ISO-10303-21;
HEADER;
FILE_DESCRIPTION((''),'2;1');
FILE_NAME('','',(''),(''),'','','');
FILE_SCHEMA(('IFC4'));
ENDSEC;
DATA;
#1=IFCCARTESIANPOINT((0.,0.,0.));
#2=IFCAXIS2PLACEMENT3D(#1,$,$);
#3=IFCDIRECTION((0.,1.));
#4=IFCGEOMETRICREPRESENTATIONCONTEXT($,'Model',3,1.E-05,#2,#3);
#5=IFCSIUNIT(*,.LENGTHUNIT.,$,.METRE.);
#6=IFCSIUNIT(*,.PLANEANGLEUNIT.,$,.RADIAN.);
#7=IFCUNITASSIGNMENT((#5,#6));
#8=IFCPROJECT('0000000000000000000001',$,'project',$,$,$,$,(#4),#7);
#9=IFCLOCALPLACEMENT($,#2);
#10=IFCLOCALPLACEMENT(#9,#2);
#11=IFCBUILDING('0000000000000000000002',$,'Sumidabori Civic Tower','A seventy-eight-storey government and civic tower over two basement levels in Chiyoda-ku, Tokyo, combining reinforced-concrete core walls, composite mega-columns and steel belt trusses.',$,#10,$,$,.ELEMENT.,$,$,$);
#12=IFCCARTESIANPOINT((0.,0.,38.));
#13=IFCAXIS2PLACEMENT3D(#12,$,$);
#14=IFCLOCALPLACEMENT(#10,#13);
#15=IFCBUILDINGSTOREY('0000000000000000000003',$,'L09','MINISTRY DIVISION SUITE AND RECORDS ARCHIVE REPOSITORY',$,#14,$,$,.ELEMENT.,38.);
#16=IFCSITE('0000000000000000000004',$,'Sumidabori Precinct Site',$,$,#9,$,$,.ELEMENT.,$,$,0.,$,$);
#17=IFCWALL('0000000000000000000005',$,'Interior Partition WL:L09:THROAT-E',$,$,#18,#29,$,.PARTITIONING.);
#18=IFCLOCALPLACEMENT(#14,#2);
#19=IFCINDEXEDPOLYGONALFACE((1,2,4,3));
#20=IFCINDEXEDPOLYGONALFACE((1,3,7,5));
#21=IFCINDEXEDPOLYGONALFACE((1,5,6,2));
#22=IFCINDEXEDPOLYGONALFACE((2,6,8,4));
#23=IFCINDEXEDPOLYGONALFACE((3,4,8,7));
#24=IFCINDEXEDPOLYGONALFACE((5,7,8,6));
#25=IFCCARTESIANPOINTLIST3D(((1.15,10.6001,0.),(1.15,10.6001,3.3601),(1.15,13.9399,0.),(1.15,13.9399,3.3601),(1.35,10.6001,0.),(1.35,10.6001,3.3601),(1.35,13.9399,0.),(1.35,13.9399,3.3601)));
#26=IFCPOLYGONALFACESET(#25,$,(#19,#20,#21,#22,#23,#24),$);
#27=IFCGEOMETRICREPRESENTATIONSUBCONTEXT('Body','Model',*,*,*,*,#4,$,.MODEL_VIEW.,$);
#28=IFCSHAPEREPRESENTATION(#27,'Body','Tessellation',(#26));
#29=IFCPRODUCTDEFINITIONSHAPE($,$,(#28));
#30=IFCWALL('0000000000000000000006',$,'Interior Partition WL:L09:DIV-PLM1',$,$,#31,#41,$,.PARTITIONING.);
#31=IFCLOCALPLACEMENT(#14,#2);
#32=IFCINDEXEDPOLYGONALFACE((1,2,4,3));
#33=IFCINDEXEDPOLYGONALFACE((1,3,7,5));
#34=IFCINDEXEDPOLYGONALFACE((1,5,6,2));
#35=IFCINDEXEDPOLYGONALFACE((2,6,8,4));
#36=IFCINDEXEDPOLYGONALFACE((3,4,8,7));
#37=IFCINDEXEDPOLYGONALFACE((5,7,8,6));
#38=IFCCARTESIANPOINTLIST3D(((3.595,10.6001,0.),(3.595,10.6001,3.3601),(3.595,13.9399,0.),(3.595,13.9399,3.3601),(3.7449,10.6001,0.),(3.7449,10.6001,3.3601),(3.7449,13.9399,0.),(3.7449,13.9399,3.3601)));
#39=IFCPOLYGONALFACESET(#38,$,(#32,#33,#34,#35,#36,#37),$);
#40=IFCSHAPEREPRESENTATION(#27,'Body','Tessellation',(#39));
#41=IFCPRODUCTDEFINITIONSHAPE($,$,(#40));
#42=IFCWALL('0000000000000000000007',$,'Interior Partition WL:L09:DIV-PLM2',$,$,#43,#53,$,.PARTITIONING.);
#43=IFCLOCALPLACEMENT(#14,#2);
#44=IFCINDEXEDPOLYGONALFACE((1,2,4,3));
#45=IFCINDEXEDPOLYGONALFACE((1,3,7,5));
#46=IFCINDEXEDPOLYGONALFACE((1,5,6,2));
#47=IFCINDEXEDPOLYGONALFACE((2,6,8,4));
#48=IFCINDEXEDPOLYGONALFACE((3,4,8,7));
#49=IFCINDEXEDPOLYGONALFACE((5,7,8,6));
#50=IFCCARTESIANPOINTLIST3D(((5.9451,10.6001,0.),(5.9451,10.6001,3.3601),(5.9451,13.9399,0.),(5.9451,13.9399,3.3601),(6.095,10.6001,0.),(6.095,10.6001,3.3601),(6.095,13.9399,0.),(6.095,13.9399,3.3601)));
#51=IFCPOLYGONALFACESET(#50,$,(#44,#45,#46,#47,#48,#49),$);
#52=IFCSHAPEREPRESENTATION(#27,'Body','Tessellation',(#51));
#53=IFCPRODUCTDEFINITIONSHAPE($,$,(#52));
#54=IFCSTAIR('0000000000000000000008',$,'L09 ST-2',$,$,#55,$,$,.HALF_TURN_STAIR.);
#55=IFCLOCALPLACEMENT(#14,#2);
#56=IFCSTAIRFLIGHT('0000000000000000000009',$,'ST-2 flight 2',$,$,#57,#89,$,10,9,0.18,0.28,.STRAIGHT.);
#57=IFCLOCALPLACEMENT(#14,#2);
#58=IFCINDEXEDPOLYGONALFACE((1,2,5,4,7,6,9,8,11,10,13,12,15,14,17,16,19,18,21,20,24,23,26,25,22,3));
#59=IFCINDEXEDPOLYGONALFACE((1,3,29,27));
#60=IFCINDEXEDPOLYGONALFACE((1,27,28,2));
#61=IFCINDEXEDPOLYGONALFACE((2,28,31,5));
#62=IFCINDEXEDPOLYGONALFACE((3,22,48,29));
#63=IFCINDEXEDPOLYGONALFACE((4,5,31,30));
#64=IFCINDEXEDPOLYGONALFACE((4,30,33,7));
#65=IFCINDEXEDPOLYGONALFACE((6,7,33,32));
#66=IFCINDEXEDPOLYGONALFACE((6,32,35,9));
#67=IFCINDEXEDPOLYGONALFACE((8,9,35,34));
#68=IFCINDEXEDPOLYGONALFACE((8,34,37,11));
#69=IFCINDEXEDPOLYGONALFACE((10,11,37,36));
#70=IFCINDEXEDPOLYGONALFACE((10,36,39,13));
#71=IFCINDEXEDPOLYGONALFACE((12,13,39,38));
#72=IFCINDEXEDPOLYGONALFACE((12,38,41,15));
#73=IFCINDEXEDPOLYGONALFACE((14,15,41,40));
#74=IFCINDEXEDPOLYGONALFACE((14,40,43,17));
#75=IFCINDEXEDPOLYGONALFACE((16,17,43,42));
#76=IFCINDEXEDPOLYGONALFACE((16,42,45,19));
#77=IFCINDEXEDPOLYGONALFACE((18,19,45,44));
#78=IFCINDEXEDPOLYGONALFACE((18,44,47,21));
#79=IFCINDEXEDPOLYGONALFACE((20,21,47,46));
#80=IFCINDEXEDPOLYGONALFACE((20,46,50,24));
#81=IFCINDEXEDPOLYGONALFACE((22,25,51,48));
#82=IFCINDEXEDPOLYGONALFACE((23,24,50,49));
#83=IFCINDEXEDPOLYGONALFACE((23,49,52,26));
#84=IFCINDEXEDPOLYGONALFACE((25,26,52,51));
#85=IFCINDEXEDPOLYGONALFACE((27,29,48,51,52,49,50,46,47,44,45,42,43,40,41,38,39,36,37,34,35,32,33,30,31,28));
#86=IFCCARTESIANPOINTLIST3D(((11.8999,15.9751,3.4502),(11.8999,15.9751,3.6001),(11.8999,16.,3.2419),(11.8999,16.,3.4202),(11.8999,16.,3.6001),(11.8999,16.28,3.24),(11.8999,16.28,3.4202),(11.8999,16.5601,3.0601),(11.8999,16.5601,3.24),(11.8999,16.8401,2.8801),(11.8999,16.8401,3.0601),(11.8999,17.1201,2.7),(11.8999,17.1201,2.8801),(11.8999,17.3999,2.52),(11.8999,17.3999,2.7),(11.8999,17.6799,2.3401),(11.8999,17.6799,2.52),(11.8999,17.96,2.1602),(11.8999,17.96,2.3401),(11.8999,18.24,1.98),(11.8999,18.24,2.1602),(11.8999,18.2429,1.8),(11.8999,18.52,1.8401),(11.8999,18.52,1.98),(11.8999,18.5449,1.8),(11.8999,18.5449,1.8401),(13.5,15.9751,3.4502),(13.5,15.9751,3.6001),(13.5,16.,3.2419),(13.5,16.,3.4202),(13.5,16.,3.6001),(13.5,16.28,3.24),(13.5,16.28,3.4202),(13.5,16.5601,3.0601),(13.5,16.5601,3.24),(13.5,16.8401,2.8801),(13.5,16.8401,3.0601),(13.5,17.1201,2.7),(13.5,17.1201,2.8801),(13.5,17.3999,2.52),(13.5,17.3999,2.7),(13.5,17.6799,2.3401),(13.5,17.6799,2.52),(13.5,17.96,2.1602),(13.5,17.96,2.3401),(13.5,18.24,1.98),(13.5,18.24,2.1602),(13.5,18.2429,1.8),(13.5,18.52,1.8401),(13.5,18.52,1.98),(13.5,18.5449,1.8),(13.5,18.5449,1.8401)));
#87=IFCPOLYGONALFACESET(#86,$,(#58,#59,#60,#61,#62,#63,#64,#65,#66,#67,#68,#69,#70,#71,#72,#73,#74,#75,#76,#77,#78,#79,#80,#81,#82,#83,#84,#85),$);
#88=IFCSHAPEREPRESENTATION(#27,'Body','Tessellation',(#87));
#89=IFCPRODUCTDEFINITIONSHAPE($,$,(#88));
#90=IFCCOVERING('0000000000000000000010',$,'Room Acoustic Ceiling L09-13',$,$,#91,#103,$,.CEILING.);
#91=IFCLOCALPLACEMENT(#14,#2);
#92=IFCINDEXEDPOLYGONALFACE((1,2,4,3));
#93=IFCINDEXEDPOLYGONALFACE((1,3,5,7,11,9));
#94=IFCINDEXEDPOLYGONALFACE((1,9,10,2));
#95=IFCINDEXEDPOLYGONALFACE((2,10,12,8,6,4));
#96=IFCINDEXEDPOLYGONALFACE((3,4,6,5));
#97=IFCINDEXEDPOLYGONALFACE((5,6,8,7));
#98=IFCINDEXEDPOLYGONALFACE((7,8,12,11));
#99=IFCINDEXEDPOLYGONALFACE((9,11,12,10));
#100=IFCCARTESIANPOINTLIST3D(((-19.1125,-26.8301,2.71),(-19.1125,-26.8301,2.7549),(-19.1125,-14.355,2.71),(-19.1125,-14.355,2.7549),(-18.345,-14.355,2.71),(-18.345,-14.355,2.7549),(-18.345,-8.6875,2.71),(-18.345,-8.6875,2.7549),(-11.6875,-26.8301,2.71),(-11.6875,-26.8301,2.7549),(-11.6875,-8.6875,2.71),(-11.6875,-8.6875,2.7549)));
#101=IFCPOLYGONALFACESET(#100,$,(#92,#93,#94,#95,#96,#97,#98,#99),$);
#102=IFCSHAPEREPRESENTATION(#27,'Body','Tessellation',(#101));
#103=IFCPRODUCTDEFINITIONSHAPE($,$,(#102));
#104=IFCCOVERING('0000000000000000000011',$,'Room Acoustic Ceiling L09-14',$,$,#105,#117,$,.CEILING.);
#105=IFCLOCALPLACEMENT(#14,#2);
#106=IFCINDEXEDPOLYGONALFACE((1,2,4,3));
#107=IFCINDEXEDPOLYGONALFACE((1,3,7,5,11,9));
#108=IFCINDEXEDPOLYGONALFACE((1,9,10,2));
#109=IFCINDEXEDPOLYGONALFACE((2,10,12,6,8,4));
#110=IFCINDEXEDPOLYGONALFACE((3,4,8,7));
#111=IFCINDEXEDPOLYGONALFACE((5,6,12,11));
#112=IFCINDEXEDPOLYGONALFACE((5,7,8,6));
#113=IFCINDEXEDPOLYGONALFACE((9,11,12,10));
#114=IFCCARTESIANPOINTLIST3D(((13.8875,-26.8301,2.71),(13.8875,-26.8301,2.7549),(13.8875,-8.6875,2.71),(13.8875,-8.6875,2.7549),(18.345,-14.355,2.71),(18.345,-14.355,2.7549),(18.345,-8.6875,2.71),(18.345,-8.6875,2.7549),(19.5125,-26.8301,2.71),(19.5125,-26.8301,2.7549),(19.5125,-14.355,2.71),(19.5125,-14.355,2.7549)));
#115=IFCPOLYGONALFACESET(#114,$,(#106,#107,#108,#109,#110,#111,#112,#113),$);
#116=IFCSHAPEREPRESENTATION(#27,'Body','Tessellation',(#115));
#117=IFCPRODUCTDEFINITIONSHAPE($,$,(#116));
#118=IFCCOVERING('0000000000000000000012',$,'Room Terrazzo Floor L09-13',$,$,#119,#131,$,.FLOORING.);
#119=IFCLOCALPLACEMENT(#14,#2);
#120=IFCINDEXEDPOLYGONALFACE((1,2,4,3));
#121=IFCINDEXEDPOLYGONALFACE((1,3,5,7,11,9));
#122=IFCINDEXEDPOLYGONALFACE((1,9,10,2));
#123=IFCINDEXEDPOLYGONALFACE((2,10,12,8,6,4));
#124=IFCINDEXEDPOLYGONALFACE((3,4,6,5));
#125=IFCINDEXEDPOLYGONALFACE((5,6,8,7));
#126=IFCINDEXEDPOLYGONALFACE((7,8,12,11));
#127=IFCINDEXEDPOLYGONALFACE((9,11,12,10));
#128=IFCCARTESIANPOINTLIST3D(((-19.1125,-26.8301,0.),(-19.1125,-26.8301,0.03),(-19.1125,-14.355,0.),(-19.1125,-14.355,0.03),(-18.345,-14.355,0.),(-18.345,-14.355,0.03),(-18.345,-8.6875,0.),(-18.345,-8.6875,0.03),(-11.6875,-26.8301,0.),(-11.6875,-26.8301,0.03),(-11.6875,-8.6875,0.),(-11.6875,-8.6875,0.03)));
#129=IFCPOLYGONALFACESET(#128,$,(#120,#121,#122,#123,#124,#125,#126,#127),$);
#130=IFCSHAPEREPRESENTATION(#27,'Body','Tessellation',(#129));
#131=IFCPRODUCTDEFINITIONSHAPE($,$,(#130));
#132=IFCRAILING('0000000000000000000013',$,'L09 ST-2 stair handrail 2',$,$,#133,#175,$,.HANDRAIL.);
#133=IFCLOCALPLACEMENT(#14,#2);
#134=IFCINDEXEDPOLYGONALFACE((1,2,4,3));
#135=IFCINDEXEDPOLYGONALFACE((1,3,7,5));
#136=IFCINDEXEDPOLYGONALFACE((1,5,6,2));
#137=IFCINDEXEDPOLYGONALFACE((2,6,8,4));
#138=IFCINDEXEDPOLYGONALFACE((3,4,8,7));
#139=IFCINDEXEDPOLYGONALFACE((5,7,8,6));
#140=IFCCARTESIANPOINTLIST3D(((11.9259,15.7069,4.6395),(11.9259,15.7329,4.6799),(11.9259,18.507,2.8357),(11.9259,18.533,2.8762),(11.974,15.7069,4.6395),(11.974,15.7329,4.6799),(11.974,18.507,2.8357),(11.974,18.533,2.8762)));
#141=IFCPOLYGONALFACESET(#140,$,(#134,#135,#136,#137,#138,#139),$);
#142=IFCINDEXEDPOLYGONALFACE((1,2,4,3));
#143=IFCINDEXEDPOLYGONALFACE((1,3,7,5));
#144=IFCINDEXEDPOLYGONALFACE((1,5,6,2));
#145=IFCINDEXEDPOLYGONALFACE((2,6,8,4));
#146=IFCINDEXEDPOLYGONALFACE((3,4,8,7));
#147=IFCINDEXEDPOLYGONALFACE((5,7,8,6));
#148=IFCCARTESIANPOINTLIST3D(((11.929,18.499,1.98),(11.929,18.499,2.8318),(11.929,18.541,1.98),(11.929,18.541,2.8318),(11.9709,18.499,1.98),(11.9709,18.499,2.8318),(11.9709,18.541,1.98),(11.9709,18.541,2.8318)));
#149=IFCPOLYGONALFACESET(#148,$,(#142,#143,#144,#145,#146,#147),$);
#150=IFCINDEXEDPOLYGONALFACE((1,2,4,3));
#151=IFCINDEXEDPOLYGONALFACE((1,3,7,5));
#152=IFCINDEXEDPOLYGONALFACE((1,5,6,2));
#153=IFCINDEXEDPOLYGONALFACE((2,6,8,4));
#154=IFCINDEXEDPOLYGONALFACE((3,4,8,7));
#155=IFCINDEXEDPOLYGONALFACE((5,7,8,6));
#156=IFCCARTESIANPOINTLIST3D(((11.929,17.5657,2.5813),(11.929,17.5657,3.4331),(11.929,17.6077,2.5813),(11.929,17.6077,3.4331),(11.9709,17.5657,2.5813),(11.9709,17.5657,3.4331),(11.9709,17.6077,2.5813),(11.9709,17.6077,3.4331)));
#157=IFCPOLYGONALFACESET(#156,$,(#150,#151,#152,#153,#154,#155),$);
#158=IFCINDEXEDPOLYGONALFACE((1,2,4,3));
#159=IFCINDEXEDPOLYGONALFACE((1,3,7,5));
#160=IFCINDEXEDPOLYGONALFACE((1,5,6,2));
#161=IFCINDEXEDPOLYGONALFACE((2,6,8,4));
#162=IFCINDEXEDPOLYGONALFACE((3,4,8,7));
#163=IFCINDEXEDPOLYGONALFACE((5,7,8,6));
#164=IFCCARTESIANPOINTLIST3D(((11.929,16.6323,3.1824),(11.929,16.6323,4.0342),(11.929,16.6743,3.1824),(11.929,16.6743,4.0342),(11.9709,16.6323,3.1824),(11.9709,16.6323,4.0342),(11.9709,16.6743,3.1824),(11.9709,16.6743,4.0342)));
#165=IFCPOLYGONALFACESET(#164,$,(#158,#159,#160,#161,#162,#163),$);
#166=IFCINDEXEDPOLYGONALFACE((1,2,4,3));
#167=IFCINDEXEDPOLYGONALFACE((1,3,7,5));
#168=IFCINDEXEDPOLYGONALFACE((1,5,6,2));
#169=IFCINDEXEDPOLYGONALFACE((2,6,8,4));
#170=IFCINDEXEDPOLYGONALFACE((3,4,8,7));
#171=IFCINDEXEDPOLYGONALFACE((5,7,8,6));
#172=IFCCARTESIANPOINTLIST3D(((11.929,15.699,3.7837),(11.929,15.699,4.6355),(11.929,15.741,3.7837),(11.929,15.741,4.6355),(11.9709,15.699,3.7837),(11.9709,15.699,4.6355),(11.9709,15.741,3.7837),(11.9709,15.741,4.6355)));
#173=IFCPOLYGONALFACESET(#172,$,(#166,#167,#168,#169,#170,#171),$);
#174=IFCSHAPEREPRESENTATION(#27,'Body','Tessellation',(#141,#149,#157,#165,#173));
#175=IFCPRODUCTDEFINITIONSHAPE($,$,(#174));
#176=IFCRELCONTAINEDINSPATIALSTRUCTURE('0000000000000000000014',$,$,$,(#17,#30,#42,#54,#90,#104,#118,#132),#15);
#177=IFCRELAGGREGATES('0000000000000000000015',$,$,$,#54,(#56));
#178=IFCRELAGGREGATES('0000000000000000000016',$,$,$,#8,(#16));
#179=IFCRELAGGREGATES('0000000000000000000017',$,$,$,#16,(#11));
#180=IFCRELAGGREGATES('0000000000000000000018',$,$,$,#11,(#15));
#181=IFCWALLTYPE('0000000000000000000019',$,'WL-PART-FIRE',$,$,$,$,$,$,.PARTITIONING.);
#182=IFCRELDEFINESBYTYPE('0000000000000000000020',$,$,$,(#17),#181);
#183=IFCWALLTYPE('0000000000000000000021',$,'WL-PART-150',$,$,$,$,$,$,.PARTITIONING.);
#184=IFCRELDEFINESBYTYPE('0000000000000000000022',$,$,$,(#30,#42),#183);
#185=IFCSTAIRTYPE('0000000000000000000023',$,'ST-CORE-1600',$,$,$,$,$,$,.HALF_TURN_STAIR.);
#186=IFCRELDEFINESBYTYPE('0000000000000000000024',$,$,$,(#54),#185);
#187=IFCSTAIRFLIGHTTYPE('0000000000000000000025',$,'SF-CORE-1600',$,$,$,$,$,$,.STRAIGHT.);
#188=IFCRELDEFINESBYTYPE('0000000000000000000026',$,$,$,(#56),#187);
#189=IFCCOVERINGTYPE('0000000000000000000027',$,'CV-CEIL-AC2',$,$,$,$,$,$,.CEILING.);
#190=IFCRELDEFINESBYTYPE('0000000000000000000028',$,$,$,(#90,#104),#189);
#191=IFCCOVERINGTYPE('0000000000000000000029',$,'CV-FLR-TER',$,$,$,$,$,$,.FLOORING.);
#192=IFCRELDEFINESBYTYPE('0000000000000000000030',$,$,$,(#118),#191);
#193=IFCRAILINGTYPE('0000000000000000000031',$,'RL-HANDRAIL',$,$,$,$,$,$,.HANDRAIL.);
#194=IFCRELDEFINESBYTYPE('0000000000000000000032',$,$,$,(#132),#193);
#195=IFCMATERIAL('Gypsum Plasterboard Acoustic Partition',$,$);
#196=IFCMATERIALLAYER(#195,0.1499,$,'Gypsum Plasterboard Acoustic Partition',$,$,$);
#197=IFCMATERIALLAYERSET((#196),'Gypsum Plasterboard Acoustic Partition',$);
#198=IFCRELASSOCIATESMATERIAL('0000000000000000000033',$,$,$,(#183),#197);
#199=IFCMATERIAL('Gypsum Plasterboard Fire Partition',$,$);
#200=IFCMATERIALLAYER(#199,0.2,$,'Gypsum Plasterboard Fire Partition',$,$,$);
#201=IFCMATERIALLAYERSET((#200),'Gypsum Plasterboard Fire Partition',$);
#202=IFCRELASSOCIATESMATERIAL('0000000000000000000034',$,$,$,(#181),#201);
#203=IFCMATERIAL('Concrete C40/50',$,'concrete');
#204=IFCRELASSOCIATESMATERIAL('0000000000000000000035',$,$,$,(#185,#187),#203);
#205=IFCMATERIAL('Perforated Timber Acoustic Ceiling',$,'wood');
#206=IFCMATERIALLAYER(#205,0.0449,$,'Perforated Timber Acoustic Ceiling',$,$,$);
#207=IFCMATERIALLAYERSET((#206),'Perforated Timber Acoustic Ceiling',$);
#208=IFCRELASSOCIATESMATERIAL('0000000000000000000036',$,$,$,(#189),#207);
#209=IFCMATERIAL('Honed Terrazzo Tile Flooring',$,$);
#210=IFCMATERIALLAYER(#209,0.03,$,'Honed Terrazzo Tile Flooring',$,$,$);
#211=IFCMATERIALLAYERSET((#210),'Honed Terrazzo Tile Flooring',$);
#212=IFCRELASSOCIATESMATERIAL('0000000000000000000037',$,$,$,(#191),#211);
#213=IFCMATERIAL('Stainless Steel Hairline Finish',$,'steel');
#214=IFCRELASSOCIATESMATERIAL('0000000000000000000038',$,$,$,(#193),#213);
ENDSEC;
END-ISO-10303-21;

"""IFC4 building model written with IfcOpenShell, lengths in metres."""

from ifc_helpers import new_model, si_unit, direction, frame, frame_2d, origin, origin_2d, place, context, subcontext, project, spatial, polyline, rectangle, outline, extrude, source, transform, mapped, material, layer, layer_set, type_object, element, aggregate, save


model = new_model("IFC4")

# Units and contexts
model_context = context("Model", 3, precision=1e-05, world=origin(), true_north=direction((0.0, 1.0)))
body_context = subcontext(model_context, "Body", "Model", "MODEL_VIEW")
ifc_project = project(units=[si_unit("LENGTHUNIT", "METRE"), si_unit("PLANEANGLEUNIT", "RADIAN")], contexts=[model_context])

# Site, building, storey
site_placement = place(None, origin())
site = spatial("IfcSite", under=ifc_project, at=site_placement, Name="Sumidabori Precinct Site", CompositionType="ELEMENT", RefElevation=0.0)
building_placement = place(site_placement, origin())
building = spatial("IfcBuilding", under=site, at=building_placement, Name="Sumidabori Civic Tower", Description="A seventy-eight-storey government and civic tower over two basement levels in Chiyoda-ku, Tokyo, combining reinforced-concrete core walls, composite mega-columns and steel belt trusses.", CompositionType="ELEMENT")
storey_placement = place(building_placement, frame((0.0, 0.0, 38.0)))
storey = spatial("IfcBuildingStorey", under=building, at=storey_placement, Name="L09", Description="MINISTRY DIVISION SUITE AND RECORDS ARCHIVE REPOSITORY", CompositionType="ELEMENT", Elevation=38.0)

# Shared definitions
ifc_material_1 = material(Name="Stainless Steel Hairline Finish", Category="steel")

# Walls
ifc_material_2 = material(Name="Gypsum Plasterboard Acoustic Partition")
ifc_layer_1 = layer(ifc_material_2, 0.1499, Name="Gypsum Plasterboard Acoustic Partition")
ifc_layer_set_1 = layer_set([ifc_layer_1], Name="Gypsum Plasterboard Acoustic Partition")
wall_type_1 = type_object("IfcWallType", Name="WL-PART-150", PredefinedType="PARTITIONING", material=ifc_layer_set_1)
ifc_material_3 = material(Name="Gypsum Plasterboard Fire Partition")
ifc_layer_2 = layer(ifc_material_3, 0.2, Name="Gypsum Plasterboard Fire Partition")
ifc_layer_set_2 = layer_set([ifc_layer_2], Name="Gypsum Plasterboard Fire Partition")
wall_type_2 = type_object("IfcWallType", Name="WL-PART-FIRE", PredefinedType="PARTITIONING", material=ifc_layer_set_2)
shared_shape_1 = source(origin(), body_context, "Body", "SweptSolid", [
    extrude(rectangle(XDim=3.3398, YDim=0.2, at=frame_2d((1.6699, 0.0))), origin(), (0.0, 0.0, 1.0), 3.3601),
])
wall_1_placement = place(storey_placement, frame((1.25, 10.6001, 0.0), z_axis=(0.0, 0.0, 1.0), x_axis=(0.0, 1.0, 0.0)))
element("IfcWall", 1, at=wall_1_placement, inside=storey, type_object=wall_type_2, Name="Interior Partition WL:L09:THROAT-E", PredefinedType="PARTITIONING", context=body_context, shape_type="MappedRepresentation", body=[
    mapped(shared_shape_1, transform((0.0, 0.0, 0.0), x_axis=(1.0, 0.0, 0.0), y_axis=(0.0, 1.0, 0.0), z_axis=(0.0, 0.0, 1.0), scale=1.0)),
])
shared_shape_2 = source(origin(), body_context, "Body", "SweptSolid", [
    extrude(rectangle(XDim=3.3398, YDim=0.1499, at=frame_2d((1.6699, 0.0))), origin(), (0.0, 0.0, 1.0), 3.3601),
])
for number, where, z_axis, x_axis, name in (
    (2, (3.6699, 10.6001, 0.0), (0.0, 0.0, 1.0), (0.0, 1.0, 0.0), "Interior Partition WL:L09:DIV-PLM1"),
    (3, (6.02, 10.6001, 0.0), (0.0, 0.0, 1.0), (0.0, 1.0, 0.0), "Interior Partition WL:L09:DIV-PLM2"),
):
    element("IfcWall", number, at=place(storey_placement, frame(where, z_axis=z_axis, x_axis=x_axis)), inside=storey, type_object=wall_type_1, Name=name, PredefinedType="PARTITIONING", context=body_context, shape_type="MappedRepresentation", body=[
        mapped(shared_shape_2, transform((0.0, 0.0, 0.0), x_axis=(1.0, 0.0, 0.0), y_axis=(0.0, 1.0, 0.0), z_axis=(0.0, 0.0, 1.0), scale=1.0)),
    ])

# Stair, stair flight
ifc_material_4 = material(Name="Concrete C40/50", Category="concrete")
stair_type = type_object("IfcStairType", Name="ST-CORE-1600", PredefinedType="HALF_TURN_STAIR", material=ifc_material_4)
stair_placement = place(storey_placement, origin())
stair = element("IfcStair", 4, at=stair_placement, inside=storey, type_object=stair_type, Name="L09 ST-2", PredefinedType="HALF_TURN_STAIR")
stair_flight_type = type_object("IfcStairFlightType", Name="SF-CORE-1600", PredefinedType="STRAIGHT", material=ifc_material_4)
shared_shape_3 = source(origin(), body_context, "Body", "SweptSolid", [
    extrude(outline(polyline([(-0.0249, 0.0), (-0.0249, 0.04), (0.0, 0.04), (0.0, 0.1799), (0.28, 0.1799), (0.28, 0.3601), (0.5601, 0.3601), (0.5601, 0.54), (0.8401, 0.54), (0.8401, 0.72), (1.1201, 0.72), (1.1201, 0.8999), (1.3999, 0.8999), (1.3999, 1.0801), (1.6799, 1.0801), (1.6799, 1.26), (1.96, 1.26), (1.96, 1.4399), (2.24, 1.4399), (2.24, 1.6201), (2.52, 1.6201), (2.52, 1.8), (2.5449, 1.8), (2.5449, 1.6501), (2.52, 1.4419), (0.2771, 0.0), (-0.0249, 0.0)])), frame((0.0, 0.8, 0.0), z_axis=(0.0, -1.0, 0.0), x_axis=(1.0, 0.0, 0.0)), (0.0, 0.0, 1.0), 1.6001),
])
stair_flight_placement = place(storey_placement, frame((12.7, 18.52, 1.8), z_axis=(0.0, 0.0, 1.0), x_axis=(0.0, -1.0, 0.0)))
stair_flight = element("IfcStairFlight", 5, at=stair_flight_placement, type_object=stair_flight_type, Name="ST-2 flight 2", NumberOfRisers=10, NumberOfTreads=9, PredefinedType="STRAIGHT", RiserHeight=0.18, TreadLength=0.28, context=body_context, shape_type="MappedRepresentation", body=[
    mapped(shared_shape_3, transform((0.0, 0.0, 0.0), x_axis=(1.0, 0.0, 0.0), y_axis=(0.0, 1.0, 0.0), z_axis=(0.0, 0.0, 1.0), scale=1.0)),
])
aggregate(stair, [stair_flight])

# Coverings
ifc_material_5 = material(Name="Perforated Timber Acoustic Ceiling", Category="wood")
ifc_layer_3 = layer(ifc_material_5, 0.0449, Name="Perforated Timber Acoustic Ceiling")
ifc_layer_set_3 = layer_set([ifc_layer_3], Name="Perforated Timber Acoustic Ceiling")
covering_type_1 = type_object("IfcCoveringType", Name="CV-CEIL-AC2", PredefinedType="CEILING", material=ifc_layer_set_3)
covering_1_placement = place(storey_placement, frame((0.0, 0.0, 2.71)))
element("IfcCovering", 6, at=covering_1_placement, inside=storey, type_object=covering_type_1, Name="Room Acoustic Ceiling L09-13", PredefinedType="CEILING", context=body_context, shape_type="SweptSolid", body=[
    extrude(outline(polyline([(-18.345, -14.355), (-18.345, -8.6875), (-11.6875, -8.6875), (-11.6875, -26.8301), (-19.1125, -26.8301), (-19.1125, -14.355), (-18.345, -14.355)])), origin(), (0.0, 0.0, 1.0), 0.0449),
])
covering_2_placement = place(storey_placement, frame((0.0, 0.0, 2.71)))
element("IfcCovering", 7, at=covering_2_placement, inside=storey, type_object=covering_type_1, Name="Room Acoustic Ceiling L09-14", PredefinedType="CEILING", context=body_context, shape_type="SweptSolid", body=[
    extrude(outline(polyline([(18.345, -14.355), (19.5125, -14.355), (19.5125, -26.8301), (13.8875, -26.8301), (13.8875, -8.6875), (18.345, -8.6875), (18.345, -14.355)])), origin(), (0.0, 0.0, 1.0), 0.0449),
])
ifc_material_6 = material(Name="Honed Terrazzo Tile Flooring")
ifc_layer_4 = layer(ifc_material_6, 0.03, Name="Honed Terrazzo Tile Flooring")
ifc_layer_set_4 = layer_set([ifc_layer_4], Name="Honed Terrazzo Tile Flooring")
covering_type_2 = type_object("IfcCoveringType", Name="CV-FLR-TER", PredefinedType="FLOORING", material=ifc_layer_set_4)
covering_3_placement = place(storey_placement, origin())
element("IfcCovering", 8, at=covering_3_placement, inside=storey, type_object=covering_type_2, Name="Room Terrazzo Floor L09-13", PredefinedType="FLOORING", context=body_context, shape_type="SweptSolid", body=[
    extrude(outline(polyline([(-18.345, -14.355), (-18.345, -8.6875), (-11.6875, -8.6875), (-11.6875, -26.8301), (-19.1125, -26.8301), (-19.1125, -14.355), (-18.345, -14.355)])), origin(), (0.0, 0.0, 1.0), 0.03),
])

# Railing
railing_type_1 = type_object("IfcRailingType", Name="RL-HANDRAIL", PredefinedType="HANDRAIL", material=ifc_material_1)
railing_1_placement = place(storey_placement, frame((11.95, 18.52, 1.98)))
element("IfcRailing", 9, at=railing_1_placement, inside=storey, type_object=railing_type_1, Name="L09 ST-2 stair handrail 2", PredefinedType="HANDRAIL", context=body_context, shape_type="SweptSolid", body=[
    extrude(rectangle(XDim=0.0481, YDim=0.0481, at=origin_2d()), frame((0.0, 0.0, 0.876), z_axis=(0.0, -0.840676, 0.541539), x_axis=(1.0, 0.0, 0.0)), (0.0, 0.0, 1.0), 3.3308),
    extrude(rectangle(XDim=0.042, YDim=0.042, at=origin_2d()), origin(), (0.0, 0.0, 1.0), 0.8518),
    extrude(rectangle(XDim=0.042, YDim=0.042, at=origin_2d()), frame((0.0, -0.9333, 0.6013)), (0.0, 0.0, 1.0), 0.8518),
    extrude(rectangle(XDim=0.042, YDim=0.042, at=origin_2d()), frame((0.0, -1.8667, 1.2024)), (0.0, 0.0, 1.0), 0.8518),
    extrude(rectangle(XDim=0.042, YDim=0.042, at=origin_2d()), frame((0.0, -2.8, 1.8037)), (0.0, 0.0, 1.0), 0.8518),
])

save(model, "model.ifc")
